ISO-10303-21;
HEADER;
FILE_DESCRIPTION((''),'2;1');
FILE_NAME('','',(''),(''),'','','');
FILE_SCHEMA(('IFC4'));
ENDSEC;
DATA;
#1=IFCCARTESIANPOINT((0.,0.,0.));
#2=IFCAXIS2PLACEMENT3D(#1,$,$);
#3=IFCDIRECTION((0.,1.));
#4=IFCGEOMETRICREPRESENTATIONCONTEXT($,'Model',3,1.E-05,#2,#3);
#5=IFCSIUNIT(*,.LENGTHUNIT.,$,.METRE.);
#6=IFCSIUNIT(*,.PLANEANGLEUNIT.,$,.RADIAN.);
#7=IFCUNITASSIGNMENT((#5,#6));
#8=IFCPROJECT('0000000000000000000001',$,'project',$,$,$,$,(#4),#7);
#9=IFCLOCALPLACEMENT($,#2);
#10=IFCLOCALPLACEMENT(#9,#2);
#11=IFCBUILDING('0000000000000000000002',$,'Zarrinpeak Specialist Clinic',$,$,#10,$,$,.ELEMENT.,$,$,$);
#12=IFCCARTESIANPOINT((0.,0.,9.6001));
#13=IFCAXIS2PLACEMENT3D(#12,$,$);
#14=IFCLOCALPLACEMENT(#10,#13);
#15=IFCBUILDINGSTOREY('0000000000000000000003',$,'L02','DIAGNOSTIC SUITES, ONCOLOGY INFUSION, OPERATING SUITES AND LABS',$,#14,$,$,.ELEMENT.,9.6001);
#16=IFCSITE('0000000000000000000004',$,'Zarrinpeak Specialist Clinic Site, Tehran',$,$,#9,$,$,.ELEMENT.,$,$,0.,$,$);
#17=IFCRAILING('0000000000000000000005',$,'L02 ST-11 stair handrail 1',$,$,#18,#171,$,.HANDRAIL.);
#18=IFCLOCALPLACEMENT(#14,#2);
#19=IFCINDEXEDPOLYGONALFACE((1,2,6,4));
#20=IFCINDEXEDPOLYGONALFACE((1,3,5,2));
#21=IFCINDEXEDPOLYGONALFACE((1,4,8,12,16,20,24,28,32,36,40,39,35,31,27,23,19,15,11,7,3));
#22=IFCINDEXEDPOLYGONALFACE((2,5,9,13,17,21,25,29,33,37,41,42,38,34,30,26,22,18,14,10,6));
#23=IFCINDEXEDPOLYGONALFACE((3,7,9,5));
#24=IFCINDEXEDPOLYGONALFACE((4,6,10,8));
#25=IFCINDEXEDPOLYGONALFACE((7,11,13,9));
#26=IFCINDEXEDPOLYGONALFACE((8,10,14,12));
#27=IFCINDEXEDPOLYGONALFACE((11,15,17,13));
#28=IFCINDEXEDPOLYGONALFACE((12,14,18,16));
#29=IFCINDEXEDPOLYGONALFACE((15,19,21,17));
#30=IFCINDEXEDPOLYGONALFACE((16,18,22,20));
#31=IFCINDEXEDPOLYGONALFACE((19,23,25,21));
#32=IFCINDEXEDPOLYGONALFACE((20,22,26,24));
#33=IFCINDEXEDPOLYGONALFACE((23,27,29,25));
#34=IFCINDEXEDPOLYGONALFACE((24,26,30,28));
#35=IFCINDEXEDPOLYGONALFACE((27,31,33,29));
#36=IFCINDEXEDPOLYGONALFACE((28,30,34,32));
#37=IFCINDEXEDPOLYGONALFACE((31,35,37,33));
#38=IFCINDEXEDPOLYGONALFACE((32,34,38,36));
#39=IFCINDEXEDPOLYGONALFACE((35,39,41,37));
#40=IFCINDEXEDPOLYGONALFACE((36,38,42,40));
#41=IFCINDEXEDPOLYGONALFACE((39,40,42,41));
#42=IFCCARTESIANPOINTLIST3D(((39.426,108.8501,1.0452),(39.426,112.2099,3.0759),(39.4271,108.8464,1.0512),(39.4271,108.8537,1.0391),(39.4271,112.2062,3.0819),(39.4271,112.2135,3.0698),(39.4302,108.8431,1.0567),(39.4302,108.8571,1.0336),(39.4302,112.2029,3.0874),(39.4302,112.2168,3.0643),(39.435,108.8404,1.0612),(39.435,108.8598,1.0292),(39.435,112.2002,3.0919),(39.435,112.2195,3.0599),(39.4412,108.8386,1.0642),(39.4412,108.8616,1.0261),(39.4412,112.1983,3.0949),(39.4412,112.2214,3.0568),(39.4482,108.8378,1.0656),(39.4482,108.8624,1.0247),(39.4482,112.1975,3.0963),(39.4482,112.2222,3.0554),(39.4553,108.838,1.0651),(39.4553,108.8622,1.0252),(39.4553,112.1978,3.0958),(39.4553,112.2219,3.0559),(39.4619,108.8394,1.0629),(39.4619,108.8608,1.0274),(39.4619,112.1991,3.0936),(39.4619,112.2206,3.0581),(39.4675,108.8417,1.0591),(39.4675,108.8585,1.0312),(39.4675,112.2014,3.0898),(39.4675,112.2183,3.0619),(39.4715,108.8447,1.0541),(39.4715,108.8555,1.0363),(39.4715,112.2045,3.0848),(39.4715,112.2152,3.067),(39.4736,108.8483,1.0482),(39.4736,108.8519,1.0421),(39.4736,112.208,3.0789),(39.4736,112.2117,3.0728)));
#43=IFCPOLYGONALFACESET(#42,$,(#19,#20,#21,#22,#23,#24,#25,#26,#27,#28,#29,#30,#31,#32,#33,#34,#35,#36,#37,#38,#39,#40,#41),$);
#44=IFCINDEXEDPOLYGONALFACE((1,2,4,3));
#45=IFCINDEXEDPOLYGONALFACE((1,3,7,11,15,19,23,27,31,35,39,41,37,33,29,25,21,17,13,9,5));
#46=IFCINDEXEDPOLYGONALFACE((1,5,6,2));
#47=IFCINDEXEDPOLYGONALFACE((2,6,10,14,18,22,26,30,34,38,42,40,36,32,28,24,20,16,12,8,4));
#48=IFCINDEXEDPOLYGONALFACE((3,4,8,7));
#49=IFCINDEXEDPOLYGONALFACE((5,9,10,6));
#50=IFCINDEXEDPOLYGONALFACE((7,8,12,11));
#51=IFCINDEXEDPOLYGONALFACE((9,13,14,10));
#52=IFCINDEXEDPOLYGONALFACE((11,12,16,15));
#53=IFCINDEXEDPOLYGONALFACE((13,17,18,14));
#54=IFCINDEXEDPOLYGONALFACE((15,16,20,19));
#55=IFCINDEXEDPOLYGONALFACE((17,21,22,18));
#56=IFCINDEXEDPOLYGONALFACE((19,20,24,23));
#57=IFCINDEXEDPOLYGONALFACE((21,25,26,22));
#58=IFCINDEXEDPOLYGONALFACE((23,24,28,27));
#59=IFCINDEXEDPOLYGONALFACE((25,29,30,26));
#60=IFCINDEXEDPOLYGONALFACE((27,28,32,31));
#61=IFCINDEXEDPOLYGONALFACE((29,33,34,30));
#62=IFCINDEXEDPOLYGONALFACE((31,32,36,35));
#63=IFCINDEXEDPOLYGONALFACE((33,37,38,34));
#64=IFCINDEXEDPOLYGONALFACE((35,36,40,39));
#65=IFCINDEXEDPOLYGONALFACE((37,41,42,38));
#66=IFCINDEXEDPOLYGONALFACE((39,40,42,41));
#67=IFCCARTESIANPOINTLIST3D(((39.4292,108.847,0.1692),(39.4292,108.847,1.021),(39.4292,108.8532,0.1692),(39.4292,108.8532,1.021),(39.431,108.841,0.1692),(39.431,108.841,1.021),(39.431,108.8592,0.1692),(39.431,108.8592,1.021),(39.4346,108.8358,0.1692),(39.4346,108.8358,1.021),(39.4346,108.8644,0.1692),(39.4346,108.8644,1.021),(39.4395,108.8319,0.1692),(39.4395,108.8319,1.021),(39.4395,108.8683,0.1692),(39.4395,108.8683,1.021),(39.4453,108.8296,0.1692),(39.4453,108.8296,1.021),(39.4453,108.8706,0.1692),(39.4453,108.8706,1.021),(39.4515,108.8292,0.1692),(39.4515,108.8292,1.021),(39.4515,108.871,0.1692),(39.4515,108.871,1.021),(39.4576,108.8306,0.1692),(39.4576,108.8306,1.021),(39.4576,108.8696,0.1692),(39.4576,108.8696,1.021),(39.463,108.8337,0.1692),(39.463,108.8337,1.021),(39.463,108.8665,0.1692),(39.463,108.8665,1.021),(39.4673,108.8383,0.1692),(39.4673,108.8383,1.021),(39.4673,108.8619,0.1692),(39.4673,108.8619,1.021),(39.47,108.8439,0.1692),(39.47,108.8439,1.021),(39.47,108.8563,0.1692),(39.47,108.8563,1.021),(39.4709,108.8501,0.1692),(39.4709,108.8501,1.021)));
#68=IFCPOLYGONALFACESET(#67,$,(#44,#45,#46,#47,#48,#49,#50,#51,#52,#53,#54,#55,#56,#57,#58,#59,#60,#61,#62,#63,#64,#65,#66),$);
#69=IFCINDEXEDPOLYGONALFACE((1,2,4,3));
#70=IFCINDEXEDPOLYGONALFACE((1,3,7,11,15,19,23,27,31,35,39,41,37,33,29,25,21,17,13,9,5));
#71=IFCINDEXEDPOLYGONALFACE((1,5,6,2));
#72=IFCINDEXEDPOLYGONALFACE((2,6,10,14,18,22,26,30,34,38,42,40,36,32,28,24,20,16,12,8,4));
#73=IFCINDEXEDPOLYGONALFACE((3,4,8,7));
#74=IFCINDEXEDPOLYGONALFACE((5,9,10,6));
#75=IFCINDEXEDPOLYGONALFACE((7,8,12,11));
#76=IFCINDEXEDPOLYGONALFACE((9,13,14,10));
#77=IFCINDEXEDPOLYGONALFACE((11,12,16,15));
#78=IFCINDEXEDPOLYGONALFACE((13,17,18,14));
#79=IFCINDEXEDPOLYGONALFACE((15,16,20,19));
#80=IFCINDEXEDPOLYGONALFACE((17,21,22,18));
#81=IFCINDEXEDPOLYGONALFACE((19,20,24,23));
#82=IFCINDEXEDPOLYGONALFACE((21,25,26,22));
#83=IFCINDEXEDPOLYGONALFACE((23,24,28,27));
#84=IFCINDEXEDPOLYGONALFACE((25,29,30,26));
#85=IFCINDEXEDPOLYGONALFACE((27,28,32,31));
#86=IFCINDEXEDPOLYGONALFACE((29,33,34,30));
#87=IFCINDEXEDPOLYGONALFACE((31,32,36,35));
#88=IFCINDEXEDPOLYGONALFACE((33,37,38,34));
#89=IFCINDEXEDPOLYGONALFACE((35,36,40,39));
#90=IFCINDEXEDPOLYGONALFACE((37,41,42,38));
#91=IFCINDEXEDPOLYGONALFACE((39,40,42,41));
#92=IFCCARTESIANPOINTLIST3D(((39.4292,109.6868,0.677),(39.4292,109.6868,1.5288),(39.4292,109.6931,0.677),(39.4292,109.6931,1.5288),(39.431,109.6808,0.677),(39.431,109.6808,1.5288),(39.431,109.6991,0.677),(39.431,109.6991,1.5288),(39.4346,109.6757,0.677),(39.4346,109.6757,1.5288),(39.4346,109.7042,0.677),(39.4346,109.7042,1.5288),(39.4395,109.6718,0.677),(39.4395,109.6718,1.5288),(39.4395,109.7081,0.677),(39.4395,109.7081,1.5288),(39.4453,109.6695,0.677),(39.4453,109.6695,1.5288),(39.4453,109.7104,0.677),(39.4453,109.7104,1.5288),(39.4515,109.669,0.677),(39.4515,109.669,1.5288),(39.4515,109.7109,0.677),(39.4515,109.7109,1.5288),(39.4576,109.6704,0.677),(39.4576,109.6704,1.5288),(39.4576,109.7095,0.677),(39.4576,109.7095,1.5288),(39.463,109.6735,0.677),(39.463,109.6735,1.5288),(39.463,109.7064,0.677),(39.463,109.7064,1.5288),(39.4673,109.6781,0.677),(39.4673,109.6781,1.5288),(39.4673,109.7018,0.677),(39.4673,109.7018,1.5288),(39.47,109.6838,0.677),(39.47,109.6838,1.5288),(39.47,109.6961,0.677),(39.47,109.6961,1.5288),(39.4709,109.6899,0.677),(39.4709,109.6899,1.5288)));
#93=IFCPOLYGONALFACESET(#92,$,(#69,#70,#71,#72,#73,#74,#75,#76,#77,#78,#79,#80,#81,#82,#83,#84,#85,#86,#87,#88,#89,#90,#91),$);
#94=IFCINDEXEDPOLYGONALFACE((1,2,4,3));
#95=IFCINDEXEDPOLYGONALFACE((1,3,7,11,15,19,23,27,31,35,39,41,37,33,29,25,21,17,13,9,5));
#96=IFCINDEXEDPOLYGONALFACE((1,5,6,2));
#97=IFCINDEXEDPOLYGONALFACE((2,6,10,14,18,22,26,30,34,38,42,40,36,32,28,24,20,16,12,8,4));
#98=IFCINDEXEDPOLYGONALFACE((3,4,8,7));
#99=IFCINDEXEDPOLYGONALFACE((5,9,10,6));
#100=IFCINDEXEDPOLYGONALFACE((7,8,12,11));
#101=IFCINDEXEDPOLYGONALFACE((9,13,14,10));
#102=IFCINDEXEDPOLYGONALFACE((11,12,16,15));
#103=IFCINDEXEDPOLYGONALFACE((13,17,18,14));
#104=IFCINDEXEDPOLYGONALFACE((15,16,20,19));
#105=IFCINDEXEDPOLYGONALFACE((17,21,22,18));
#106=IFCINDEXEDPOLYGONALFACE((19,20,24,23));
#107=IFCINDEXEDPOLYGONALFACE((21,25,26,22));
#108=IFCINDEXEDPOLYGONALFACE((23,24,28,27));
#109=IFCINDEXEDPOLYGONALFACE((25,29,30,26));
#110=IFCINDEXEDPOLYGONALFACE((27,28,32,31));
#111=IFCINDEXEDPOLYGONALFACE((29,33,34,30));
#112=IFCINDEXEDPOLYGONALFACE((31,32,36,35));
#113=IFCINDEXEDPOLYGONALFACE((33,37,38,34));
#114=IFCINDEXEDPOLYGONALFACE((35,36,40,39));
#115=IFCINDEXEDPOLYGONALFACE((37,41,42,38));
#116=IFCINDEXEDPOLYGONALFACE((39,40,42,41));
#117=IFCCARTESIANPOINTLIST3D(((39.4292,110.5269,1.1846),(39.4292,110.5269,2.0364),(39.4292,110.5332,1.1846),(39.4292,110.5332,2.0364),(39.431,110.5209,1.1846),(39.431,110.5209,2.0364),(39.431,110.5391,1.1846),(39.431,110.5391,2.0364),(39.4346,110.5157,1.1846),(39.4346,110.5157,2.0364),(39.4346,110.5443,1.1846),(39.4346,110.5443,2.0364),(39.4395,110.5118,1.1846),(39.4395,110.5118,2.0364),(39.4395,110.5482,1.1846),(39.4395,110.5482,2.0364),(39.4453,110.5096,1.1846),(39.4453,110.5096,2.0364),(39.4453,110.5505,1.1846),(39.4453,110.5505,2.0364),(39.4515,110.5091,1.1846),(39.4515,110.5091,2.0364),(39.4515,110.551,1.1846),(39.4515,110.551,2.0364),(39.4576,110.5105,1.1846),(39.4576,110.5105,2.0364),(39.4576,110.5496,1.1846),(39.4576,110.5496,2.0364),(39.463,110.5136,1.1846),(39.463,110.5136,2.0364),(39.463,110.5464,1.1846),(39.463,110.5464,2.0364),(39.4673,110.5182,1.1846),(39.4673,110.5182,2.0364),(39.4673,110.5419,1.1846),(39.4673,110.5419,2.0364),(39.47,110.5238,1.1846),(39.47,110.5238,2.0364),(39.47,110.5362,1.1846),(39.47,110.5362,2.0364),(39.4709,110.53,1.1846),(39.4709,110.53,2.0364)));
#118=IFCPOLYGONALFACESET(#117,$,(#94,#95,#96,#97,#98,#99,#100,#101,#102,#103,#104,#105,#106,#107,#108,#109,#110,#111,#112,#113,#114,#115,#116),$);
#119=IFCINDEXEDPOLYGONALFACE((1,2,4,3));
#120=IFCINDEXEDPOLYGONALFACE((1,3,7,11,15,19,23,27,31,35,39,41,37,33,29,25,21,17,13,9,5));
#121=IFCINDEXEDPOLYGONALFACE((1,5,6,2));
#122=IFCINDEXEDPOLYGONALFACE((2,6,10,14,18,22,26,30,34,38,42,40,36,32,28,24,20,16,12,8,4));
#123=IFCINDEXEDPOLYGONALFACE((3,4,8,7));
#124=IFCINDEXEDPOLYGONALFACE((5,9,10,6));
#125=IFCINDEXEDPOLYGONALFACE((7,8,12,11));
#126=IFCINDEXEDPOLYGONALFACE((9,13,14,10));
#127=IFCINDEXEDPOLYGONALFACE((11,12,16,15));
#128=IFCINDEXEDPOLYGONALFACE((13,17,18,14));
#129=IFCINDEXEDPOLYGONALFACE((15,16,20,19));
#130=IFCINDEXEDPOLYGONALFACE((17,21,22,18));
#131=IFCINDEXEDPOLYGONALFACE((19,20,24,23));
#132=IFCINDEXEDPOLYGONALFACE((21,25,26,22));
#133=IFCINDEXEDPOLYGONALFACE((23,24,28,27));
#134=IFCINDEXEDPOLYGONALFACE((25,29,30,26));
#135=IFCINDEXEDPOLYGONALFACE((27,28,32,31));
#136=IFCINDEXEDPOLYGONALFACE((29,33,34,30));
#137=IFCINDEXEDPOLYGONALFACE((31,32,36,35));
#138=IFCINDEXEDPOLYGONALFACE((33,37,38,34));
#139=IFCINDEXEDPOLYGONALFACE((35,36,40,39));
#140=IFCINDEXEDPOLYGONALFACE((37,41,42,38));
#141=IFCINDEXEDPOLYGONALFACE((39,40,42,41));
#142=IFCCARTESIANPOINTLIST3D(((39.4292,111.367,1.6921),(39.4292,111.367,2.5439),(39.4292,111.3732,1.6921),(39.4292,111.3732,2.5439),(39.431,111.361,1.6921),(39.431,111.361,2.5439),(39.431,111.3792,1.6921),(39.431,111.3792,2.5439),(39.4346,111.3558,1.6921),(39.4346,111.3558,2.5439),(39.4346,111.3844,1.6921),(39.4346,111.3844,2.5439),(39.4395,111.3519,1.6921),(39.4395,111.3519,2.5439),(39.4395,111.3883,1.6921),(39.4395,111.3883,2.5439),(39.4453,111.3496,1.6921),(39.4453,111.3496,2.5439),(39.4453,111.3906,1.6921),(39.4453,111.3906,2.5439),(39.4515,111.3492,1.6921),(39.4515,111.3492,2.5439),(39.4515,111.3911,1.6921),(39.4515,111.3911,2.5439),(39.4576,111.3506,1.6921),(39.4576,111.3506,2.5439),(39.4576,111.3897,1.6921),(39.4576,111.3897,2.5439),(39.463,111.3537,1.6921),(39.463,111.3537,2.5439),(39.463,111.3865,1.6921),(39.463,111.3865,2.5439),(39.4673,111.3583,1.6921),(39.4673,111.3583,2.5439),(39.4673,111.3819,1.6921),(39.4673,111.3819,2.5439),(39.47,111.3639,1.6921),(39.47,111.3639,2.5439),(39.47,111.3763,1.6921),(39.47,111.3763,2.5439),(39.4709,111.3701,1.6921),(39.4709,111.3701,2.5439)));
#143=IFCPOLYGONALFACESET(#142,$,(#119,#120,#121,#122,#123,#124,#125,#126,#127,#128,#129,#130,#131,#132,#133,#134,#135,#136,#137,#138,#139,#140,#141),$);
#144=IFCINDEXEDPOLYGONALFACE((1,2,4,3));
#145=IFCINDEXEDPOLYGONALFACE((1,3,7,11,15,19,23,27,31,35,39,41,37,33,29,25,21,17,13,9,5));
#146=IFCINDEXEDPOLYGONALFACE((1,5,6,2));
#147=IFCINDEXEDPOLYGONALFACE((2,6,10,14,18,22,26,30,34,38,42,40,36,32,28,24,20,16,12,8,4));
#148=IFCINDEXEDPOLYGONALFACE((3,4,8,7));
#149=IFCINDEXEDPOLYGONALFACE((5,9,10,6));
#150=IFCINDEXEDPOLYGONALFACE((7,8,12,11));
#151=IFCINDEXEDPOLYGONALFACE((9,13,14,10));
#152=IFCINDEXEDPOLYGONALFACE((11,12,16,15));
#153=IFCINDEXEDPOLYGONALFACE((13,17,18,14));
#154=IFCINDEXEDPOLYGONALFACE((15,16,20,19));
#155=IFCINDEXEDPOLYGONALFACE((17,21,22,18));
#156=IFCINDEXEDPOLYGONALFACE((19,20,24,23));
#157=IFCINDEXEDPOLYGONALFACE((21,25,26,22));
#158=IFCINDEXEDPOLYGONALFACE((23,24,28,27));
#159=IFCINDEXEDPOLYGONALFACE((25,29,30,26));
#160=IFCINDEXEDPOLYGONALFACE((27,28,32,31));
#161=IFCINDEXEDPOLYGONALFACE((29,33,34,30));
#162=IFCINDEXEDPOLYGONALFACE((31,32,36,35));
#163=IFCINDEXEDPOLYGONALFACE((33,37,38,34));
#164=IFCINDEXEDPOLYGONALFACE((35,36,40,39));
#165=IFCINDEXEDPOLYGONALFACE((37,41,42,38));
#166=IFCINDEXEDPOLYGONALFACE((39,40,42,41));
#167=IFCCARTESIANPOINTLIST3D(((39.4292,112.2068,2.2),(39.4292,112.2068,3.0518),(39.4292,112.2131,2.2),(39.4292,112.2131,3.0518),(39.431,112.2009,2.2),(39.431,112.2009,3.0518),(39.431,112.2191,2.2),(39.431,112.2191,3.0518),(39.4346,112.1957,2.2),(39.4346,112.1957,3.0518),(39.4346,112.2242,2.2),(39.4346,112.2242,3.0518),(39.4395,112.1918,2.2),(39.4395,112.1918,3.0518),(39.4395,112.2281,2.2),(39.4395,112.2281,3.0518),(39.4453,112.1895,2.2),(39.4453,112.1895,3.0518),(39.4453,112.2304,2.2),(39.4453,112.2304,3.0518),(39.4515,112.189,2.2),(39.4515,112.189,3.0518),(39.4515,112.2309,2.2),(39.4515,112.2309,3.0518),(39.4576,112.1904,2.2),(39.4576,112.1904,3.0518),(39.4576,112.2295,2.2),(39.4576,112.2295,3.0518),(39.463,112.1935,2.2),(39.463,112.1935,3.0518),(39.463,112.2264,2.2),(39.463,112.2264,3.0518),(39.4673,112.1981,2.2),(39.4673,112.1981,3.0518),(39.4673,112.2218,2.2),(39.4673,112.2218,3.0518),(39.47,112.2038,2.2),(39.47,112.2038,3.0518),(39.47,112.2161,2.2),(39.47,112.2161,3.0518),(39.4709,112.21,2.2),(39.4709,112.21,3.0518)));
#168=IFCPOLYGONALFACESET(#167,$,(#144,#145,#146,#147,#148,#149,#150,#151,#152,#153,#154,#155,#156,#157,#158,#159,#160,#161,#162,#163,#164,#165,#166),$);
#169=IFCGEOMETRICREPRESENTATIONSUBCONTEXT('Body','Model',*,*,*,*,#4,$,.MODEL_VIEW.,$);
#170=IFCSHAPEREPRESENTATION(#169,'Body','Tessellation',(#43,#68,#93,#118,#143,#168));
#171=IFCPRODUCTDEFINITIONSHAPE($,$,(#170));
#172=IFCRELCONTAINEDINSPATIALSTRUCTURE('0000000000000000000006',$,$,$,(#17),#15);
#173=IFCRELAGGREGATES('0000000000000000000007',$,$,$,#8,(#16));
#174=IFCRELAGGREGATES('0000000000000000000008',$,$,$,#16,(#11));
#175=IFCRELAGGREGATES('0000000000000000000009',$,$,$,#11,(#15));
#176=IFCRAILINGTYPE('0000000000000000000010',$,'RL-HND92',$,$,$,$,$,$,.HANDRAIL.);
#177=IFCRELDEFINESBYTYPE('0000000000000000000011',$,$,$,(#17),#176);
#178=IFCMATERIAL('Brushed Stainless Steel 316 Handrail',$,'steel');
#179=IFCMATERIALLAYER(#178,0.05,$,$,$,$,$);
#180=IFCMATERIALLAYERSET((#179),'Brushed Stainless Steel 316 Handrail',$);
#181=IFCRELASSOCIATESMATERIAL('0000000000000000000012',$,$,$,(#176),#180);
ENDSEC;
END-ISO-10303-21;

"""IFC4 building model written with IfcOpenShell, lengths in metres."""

from ifc_helpers import new_model, si_unit, direction, frame, origin, origin_2d, place, context, subcontext, project, spatial, circle, extrude, material, layer, layer_set, type_object, element, save


model = new_model("IFC4")

# Units and contexts
model_context = context("Model", 3, precision=1e-05, world=origin(), true_north=direction((0.0, 1.0)))
body_context = subcontext(model_context, "Body", "Model", "MODEL_VIEW")
ifc_project = project(units=[si_unit("LENGTHUNIT", "METRE"), si_unit("PLANEANGLEUNIT", "RADIAN")], contexts=[model_context])

# Site, building, storey
site_placement = place(None, origin())
site = spatial("IfcSite", under=ifc_project, at=site_placement, Name="Zarrinpeak Specialist Clinic Site, Tehran", CompositionType="ELEMENT", RefElevation=0.0)
building_placement = place(site_placement, origin())
building = spatial("IfcBuilding", under=site, at=building_placement, Name="Zarrinpeak Specialist Clinic", CompositionType="ELEMENT")
storey_placement = place(building_placement, frame((0.0, 0.0, 9.6001)))
storey = spatial("IfcBuildingStorey", under=building, at=storey_placement, Name="L02", Description="DIAGNOSTIC SUITES, ONCOLOGY INFUSION, OPERATING SUITES AND LABS", CompositionType="ELEMENT", Elevation=9.6001)

# Railing
ifc_material_1 = material(Name="Brushed Stainless Steel 316 Handrail", Category="steel")
ifc_layer_1 = layer(ifc_material_1, 0.05)
ifc_layer_set_1 = layer_set([ifc_layer_1], Name="Brushed Stainless Steel 316 Handrail")
railing_type_1 = type_object("IfcRailingType", Name="RL-HND92", PredefinedType="HANDRAIL", material=ifc_layer_set_1)
railing_1_placement = place(storey_placement, frame((39.45, 108.8501, 0.1692)))
element("IfcRailing", 1, at=railing_1_placement, inside=storey, type_object=railing_type_1, Name="L02 ST-11 stair handrail 1", PredefinedType="HANDRAIL", context=body_context, shape_type="SweptSolid", body=[
    extrude(circle(Radius=0.0239, at=origin_2d()), frame((0.0, 0.0, 0.876), z_axis=(0.0, 0.85582, 0.517273), x_axis=(-1.0, 0.0, 0.0)), (0.0, 0.0, 1.0), 3.9258),
    extrude(circle(Radius=0.021, at=origin_2d()), origin(), (0.0, 0.0, 1.0), 0.8518),
    extrude(circle(Radius=0.021, at=origin_2d()), frame((0.0, 0.8398, 0.5078)), (0.0, 0.0, 1.0), 0.8518),
    extrude(circle(Radius=0.021, at=origin_2d()), frame((0.0, 1.6799, 1.0154)), (0.0, 0.0, 1.0), 0.8518),
    extrude(circle(Radius=0.021, at=origin_2d()), frame((0.0, 2.52, 1.5229)), (0.0, 0.0, 1.0), 0.8518),
    extrude(circle(Radius=0.021, at=origin_2d()), frame((0.0, 3.3599, 2.0308)), (0.0, 0.0, 1.0), 0.8518),
])

save(model, "model.ifc")
